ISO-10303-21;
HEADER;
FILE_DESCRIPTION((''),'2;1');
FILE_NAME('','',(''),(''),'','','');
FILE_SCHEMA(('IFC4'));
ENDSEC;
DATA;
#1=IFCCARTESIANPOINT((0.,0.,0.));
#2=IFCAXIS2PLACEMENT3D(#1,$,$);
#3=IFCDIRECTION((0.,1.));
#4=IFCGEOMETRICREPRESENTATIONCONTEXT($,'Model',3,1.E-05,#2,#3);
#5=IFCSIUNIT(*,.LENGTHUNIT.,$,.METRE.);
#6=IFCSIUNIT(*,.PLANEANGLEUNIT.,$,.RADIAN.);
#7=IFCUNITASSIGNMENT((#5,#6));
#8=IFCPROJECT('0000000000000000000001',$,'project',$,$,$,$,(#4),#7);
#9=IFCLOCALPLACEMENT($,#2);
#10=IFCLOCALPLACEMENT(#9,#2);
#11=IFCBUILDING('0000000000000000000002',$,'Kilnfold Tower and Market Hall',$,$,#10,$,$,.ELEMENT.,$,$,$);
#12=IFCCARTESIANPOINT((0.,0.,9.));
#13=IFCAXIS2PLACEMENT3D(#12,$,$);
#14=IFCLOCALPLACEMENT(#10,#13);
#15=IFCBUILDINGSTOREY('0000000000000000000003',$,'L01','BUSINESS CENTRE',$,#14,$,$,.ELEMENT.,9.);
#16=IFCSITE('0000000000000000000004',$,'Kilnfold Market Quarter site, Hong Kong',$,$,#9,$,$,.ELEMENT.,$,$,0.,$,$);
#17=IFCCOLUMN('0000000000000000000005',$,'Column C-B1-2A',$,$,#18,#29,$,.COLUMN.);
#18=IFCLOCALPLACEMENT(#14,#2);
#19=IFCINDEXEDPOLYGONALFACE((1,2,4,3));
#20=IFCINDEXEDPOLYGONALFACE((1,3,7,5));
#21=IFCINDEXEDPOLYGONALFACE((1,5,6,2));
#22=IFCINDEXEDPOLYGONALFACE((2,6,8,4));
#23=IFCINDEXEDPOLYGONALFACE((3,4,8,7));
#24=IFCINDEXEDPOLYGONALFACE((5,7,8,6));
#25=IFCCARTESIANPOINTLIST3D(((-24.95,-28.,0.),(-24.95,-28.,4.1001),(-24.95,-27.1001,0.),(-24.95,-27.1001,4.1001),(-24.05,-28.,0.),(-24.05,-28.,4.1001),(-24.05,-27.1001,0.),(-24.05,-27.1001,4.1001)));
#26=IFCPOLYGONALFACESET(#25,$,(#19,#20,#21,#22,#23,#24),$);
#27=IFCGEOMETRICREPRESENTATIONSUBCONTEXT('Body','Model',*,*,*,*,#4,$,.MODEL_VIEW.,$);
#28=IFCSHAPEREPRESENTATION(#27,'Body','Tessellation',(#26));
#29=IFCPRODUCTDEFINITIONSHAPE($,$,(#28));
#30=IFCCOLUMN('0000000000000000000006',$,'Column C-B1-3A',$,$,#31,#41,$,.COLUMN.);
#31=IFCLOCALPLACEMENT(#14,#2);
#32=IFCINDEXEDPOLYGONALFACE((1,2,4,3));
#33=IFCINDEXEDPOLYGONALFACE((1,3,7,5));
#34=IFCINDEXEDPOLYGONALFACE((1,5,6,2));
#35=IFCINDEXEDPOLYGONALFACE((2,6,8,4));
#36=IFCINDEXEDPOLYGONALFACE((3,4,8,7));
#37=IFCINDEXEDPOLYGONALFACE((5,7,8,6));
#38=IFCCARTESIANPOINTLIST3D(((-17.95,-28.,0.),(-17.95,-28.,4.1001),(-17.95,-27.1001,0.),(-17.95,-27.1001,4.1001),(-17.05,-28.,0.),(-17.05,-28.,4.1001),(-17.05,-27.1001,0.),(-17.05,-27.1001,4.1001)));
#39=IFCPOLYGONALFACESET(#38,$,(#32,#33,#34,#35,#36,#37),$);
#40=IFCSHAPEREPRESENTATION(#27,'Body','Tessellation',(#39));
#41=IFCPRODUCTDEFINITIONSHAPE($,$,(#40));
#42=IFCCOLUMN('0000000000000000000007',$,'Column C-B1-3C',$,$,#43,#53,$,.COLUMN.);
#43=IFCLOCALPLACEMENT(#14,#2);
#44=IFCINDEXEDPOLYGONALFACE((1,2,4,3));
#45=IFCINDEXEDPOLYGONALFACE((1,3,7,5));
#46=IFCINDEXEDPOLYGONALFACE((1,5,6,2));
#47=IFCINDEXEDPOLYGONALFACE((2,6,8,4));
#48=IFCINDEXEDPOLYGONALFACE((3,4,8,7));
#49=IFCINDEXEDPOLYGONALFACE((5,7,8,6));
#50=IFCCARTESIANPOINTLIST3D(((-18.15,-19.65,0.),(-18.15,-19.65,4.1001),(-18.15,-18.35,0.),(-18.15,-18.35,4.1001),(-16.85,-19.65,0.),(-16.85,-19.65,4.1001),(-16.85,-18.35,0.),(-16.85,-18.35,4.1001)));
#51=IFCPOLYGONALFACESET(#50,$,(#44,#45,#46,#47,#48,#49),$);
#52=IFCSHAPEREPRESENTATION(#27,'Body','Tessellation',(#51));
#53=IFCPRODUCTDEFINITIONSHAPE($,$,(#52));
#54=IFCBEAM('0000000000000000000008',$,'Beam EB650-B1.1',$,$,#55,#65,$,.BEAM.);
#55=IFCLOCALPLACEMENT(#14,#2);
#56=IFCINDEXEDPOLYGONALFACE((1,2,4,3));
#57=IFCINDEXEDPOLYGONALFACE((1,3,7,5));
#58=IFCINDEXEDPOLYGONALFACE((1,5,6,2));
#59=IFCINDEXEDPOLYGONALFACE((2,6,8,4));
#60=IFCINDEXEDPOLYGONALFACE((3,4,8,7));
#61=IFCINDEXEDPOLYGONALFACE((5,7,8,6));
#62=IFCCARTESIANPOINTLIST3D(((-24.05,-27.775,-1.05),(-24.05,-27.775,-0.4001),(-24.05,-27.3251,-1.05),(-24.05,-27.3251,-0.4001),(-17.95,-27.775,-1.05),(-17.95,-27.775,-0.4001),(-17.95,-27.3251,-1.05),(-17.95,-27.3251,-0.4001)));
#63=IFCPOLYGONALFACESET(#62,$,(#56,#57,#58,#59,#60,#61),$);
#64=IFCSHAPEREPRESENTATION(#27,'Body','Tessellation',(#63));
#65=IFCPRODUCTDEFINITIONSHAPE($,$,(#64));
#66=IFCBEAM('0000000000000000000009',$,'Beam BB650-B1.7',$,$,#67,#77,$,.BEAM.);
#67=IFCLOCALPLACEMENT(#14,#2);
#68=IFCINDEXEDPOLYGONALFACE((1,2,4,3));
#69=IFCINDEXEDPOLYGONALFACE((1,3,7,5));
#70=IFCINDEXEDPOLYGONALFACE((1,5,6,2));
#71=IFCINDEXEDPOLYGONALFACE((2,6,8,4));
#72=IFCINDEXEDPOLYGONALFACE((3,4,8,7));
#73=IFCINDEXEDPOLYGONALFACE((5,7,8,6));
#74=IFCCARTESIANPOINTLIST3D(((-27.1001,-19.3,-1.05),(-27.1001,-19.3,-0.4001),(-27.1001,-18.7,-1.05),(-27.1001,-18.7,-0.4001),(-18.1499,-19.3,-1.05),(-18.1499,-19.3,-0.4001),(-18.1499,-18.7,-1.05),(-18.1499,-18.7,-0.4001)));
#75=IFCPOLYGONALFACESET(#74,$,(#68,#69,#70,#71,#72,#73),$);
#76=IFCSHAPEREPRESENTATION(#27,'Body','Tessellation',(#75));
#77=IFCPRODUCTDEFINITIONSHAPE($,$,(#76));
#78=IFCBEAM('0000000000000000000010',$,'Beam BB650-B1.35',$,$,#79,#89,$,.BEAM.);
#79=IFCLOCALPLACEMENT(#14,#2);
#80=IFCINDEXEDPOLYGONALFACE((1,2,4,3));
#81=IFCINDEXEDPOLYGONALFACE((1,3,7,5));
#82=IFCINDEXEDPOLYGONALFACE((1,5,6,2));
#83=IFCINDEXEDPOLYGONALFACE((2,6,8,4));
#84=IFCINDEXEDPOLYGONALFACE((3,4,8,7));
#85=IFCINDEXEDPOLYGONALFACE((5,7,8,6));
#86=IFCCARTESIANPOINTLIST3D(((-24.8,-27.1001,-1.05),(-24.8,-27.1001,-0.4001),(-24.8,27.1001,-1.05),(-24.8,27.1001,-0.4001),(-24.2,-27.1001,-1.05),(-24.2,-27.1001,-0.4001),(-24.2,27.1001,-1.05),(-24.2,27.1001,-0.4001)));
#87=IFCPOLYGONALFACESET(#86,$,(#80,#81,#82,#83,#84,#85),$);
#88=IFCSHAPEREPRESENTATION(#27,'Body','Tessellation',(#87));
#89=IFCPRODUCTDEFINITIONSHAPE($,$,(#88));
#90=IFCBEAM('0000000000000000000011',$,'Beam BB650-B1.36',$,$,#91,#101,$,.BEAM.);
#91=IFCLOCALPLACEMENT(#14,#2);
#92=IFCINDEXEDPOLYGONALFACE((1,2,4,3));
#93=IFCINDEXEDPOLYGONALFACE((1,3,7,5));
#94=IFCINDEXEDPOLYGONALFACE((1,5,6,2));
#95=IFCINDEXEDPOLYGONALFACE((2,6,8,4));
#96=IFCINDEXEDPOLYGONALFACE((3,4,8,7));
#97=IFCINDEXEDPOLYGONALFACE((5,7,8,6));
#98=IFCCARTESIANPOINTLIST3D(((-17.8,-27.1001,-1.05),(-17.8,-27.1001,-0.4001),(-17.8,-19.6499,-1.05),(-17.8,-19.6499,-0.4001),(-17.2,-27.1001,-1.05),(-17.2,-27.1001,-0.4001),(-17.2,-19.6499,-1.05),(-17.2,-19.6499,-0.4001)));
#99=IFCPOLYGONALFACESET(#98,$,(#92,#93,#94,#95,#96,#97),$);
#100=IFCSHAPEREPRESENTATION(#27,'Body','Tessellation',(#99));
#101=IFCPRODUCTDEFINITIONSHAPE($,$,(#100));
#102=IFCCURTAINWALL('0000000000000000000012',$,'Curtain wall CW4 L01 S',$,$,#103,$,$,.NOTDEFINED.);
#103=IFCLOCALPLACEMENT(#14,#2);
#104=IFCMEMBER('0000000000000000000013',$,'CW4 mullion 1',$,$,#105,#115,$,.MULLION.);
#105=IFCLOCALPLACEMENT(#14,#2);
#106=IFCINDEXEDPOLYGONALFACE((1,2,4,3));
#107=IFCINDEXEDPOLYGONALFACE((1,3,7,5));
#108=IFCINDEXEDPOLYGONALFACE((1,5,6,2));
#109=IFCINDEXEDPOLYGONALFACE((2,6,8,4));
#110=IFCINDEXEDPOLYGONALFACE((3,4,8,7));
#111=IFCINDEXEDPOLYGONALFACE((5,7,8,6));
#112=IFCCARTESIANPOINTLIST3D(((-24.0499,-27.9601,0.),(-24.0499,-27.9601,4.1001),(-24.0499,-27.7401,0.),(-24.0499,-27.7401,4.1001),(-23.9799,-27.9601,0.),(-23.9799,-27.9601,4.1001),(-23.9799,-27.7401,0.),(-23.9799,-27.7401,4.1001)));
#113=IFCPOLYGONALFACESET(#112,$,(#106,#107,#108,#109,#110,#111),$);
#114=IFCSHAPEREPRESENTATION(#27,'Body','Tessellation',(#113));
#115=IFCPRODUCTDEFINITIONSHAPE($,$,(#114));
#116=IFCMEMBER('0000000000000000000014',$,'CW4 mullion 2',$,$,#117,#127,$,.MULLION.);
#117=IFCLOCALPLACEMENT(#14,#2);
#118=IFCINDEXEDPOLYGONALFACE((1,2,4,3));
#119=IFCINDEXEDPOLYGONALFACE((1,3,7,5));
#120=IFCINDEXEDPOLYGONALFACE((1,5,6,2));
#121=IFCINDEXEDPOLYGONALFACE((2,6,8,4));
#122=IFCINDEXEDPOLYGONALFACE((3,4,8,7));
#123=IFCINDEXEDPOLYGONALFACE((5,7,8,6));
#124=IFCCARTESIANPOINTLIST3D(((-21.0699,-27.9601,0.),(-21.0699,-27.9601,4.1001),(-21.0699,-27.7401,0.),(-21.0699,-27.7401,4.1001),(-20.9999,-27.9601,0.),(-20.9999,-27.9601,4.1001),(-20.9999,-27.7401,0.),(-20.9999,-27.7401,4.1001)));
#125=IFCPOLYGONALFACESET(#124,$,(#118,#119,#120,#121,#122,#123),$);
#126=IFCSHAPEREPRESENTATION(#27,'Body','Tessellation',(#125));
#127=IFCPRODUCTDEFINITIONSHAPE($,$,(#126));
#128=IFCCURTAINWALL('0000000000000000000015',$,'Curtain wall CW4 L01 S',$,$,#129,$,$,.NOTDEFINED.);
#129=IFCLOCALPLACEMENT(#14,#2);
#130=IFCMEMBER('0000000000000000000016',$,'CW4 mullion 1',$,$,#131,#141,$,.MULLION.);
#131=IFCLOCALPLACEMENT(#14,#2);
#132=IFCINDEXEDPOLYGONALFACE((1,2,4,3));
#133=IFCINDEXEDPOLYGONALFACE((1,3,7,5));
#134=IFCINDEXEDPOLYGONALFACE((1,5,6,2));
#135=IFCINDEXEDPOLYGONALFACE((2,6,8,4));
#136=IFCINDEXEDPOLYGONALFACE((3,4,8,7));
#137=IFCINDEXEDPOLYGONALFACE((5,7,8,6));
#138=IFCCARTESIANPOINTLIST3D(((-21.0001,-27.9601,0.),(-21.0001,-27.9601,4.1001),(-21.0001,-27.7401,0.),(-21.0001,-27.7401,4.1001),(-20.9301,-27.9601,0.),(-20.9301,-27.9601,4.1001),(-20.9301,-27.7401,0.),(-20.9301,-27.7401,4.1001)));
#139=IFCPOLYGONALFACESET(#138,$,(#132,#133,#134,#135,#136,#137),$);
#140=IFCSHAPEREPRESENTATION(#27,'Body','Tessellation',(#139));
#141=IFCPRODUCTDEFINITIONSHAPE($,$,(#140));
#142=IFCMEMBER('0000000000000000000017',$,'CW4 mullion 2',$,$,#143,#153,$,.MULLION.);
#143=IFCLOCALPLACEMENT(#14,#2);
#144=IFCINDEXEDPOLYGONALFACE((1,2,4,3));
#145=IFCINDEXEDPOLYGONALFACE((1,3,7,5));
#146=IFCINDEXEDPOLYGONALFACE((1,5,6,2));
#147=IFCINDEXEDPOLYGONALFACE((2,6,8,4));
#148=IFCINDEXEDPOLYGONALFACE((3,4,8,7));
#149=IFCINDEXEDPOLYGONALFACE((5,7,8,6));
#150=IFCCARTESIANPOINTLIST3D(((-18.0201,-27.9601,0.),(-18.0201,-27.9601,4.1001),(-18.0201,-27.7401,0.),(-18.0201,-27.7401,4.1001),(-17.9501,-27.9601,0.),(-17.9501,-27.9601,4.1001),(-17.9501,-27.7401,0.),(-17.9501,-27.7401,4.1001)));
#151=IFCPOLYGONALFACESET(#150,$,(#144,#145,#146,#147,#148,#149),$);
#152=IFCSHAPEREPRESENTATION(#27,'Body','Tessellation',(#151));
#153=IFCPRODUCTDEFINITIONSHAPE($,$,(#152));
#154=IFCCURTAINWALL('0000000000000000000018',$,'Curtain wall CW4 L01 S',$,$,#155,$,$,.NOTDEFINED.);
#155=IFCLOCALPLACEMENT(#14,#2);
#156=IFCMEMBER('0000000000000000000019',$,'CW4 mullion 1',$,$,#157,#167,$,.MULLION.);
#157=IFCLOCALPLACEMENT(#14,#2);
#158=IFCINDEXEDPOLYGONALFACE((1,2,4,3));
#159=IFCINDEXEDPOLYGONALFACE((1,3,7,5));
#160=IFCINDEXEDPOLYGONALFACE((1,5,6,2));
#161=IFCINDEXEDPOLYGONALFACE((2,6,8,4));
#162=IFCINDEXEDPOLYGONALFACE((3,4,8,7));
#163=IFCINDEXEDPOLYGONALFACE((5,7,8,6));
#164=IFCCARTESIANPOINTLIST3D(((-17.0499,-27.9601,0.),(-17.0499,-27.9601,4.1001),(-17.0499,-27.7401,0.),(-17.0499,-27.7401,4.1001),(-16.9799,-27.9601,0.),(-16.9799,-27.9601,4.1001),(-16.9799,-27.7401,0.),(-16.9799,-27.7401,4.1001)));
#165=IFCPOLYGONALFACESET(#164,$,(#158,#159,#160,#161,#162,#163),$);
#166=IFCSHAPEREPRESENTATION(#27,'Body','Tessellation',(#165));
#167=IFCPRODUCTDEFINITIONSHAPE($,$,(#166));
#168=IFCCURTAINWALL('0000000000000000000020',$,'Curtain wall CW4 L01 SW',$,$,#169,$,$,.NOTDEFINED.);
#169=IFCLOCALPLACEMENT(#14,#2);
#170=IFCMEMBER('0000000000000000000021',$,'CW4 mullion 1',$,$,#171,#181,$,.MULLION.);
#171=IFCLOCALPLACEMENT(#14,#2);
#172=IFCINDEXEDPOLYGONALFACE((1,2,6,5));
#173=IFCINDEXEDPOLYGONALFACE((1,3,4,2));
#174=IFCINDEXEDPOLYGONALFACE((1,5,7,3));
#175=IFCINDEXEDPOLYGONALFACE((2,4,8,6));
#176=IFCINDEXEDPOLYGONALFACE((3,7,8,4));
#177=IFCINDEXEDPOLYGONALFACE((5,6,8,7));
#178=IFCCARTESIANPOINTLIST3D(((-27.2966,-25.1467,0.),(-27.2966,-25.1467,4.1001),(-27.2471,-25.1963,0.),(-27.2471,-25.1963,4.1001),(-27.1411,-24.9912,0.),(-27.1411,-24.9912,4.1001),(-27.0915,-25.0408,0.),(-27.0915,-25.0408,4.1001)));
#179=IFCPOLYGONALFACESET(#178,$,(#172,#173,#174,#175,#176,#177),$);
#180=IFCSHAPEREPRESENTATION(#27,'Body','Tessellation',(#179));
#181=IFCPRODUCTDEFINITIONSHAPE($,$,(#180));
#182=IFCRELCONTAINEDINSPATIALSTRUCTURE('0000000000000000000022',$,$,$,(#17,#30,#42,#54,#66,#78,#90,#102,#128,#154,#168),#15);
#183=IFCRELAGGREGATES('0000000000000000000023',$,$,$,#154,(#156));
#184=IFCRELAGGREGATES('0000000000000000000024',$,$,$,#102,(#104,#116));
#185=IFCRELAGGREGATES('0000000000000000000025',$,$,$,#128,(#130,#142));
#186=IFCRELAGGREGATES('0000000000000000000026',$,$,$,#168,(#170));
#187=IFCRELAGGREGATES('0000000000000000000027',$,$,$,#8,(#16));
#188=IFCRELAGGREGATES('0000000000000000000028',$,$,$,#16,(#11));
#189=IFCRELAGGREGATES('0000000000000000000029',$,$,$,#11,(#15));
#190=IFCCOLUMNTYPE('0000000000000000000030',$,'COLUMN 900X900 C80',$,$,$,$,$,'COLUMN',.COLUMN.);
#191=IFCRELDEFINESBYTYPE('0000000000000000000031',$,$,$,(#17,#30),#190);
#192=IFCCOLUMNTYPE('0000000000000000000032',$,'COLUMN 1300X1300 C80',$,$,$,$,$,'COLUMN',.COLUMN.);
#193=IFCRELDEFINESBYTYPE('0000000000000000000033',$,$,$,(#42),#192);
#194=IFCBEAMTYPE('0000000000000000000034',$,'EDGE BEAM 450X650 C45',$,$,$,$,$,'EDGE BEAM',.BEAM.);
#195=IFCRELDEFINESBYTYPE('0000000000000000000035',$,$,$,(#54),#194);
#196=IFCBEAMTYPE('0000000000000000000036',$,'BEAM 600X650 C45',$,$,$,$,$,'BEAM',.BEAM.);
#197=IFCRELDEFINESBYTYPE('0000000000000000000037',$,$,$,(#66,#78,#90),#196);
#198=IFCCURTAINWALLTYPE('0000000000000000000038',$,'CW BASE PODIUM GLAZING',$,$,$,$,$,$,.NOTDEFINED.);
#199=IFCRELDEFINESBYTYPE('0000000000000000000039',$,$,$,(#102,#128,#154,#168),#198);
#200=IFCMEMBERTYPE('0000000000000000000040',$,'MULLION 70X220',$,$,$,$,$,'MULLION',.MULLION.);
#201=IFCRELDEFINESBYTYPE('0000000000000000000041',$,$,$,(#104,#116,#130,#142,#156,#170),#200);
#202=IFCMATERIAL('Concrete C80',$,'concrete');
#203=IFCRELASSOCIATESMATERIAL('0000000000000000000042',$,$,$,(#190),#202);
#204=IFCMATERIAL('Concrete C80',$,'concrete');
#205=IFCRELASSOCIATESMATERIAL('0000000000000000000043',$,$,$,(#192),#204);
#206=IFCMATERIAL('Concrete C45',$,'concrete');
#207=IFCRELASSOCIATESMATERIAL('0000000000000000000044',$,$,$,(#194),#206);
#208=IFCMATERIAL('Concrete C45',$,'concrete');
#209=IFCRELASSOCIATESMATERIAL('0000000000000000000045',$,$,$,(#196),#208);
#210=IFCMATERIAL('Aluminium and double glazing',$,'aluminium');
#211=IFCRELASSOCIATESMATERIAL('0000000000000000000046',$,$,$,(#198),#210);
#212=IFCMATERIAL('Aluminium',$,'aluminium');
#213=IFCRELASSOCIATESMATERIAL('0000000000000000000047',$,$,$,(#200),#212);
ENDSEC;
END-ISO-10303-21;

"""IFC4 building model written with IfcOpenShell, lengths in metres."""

from ifc_helpers import new_model, si_unit, direction, frame, origin, origin_2d, place, context, subcontext, project, spatial, rectangle, extrude, source, transform, mapped, material, material_profile, profile_set, type_object, element, aggregate, save


model = new_model("IFC4")

# Units and contexts
model_context = context("Model", 3, precision=1e-05, world=origin(), true_north=direction((0.0, 1.0)))
body_context = subcontext(model_context, "Body", "Model", "MODEL_VIEW")
ifc_project = project(units=[si_unit("LENGTHUNIT", "METRE"), si_unit("PLANEANGLEUNIT", "RADIAN")], contexts=[model_context])

# Site, building, storey
site_placement = place(None, origin())
site = spatial("IfcSite", under=ifc_project, at=site_placement, Name="Kilnfold Market Quarter site, Hong Kong", CompositionType="ELEMENT", RefElevation=0.0)
building_placement = place(site_placement, origin())
building = spatial("IfcBuilding", under=site, at=building_placement, Name="Kilnfold Tower and Market Hall", CompositionType="ELEMENT")
storey_placement = place(building_placement, frame((0.0, 0.0, 9.0)))
storey = spatial("IfcBuildingStorey", under=building, at=storey_placement, Name="L01", Description="BUSINESS CENTRE", CompositionType="ELEMENT", Elevation=9.0)

# Columns
ifc_material_1 = material(Name="Concrete C80", Category="concrete")
ifc_material_profile_1 = material_profile(ifc_material_1, rectangle(XDim=0.8999, YDim=0.8999, at=origin_2d()), Name="RC 900x900")
ifc_profile_set_1 = profile_set([ifc_material_profile_1], Name="Concrete C80")
column_type_1 = type_object("IfcColumnType", Name="COLUMN 900X900 C80", ElementType="COLUMN", PredefinedType="COLUMN", material=ifc_profile_set_1)
shared_shape_1 = source(origin(), body_context, "Body", "SweptSolid", [
    extrude(rectangle(XDim=0.8999, YDim=0.8999, at=origin_2d()), origin(), (0.0, 0.0, 1.0), 4.1001),
])
for number, where, z_axis, x_axis, name in (
    (1, (-24.5, -27.55, 0.0), (0.0, 0.0, 1.0), (1.0, 0.0, 0.0), "Column C-B1-2A"),
    (2, (-17.5, -27.55, 0.0), (0.0, 0.0, 1.0), (1.0, 0.0, 0.0), "Column C-B1-3A"),
):
    element("IfcColumn", number, at=place(storey_placement, frame(where, z_axis=z_axis, x_axis=x_axis)), inside=storey, type_object=column_type_1, Name=name, PredefinedType="COLUMN", context=body_context, shape_type="MappedRepresentation", body=[
        mapped(shared_shape_1, transform((0.0, 0.0, 0.0))),
    ])
ifc_material_2 = material(Name="Concrete C80", Category="concrete")
ifc_material_profile_2 = material_profile(ifc_material_2, rectangle(XDim=1.3, YDim=1.3, at=origin_2d()), Name="RC 1300x1300")
ifc_profile_set_2 = profile_set([ifc_material_profile_2], Name="Concrete C80")
column_type_2 = type_object("IfcColumnType", Name="COLUMN 1300X1300 C80", ElementType="COLUMN", PredefinedType="COLUMN", material=ifc_profile_set_2)
shared_shape_2 = source(origin(), body_context, "Body", "SweptSolid", [
    extrude(rectangle(XDim=1.3, YDim=1.3, at=origin_2d()), origin(), (0.0, 0.0, 1.0), 4.1001),
])
column_placement = place(storey_placement, frame((-17.5, -19.0, 0.0), z_axis=(0.0, 0.0, 1.0), x_axis=(1.0, 0.0, 0.0)))
element("IfcColumn", 3, at=column_placement, inside=storey, type_object=column_type_2, Name="Column C-B1-3C", PredefinedType="COLUMN", context=body_context, shape_type="MappedRepresentation", body=[
    mapped(shared_shape_2, transform((0.0, 0.0, 0.0))),
])

# Beams
ifc_material_3 = material(Name="Concrete C45", Category="concrete")
ifc_material_profile_3 = material_profile(ifc_material_3, rectangle(XDim=0.45, YDim=0.6499, at=origin_2d()), Name="RC 450x650")
ifc_profile_set_3 = profile_set([ifc_material_profile_3], Name="Concrete C45")
beam_type_1 = type_object("IfcBeamType", Name="EDGE BEAM 450X650 C45", ElementType="EDGE BEAM", PredefinedType="BEAM", material=ifc_profile_set_3)
shared_shape_3 = source(origin(), body_context, "Body", "SweptSolid", [
    extrude(rectangle(XDim=0.45, YDim=0.6499, at=origin_2d()), origin(), (0.0, 0.0, 1.0), 6.1001),
])
beam_1_placement = place(storey_placement, frame((-24.05, -27.55, -0.7251), z_axis=(1.0, 0.0, 0.0), x_axis=(0.0, 1.0, 0.0)))
element("IfcBeam", 4, at=beam_1_placement, inside=storey, type_object=beam_type_1, Name="Beam EB650-B1.1", PredefinedType="BEAM", context=body_context, shape_type="MappedRepresentation", body=[
    mapped(shared_shape_3, transform((0.0, 0.0, 0.0))),
])
ifc_material_4 = material(Name="Concrete C45", Category="concrete")
ifc_material_profile_4 = material_profile(ifc_material_4, rectangle(XDim=0.6001, YDim=0.6499, at=origin_2d()), Name="RC 600x650")
ifc_profile_set_4 = profile_set([ifc_material_profile_4], Name="Concrete C45")
beam_type_2 = type_object("IfcBeamType", Name="BEAM 600X650 C45", ElementType="BEAM", PredefinedType="BEAM", material=ifc_profile_set_4)
shared_shape_4 = source(origin(), body_context, "Body", "SweptSolid", [
    extrude(rectangle(XDim=0.6001, YDim=0.6499, at=origin_2d()), origin(), (0.0, 0.0, 1.0), 8.9502),
])
beam_2_placement = place(storey_placement, frame((-27.1001, -19.0, -0.7251), z_axis=(1.0, 0.0, 0.0), x_axis=(0.0, 1.0, 0.0)))
element("IfcBeam", 5, at=beam_2_placement, inside=storey, type_object=beam_type_2, Name="Beam BB650-B1.7", PredefinedType="BEAM", context=body_context, shape_type="MappedRepresentation", body=[
    mapped(shared_shape_4, transform((0.0, 0.0, 0.0))),
])
shared_shape_5 = source(origin(), body_context, "Body", "SweptSolid", [
    extrude(rectangle(XDim=0.6001, YDim=0.6499, at=origin_2d()), origin(), (0.0, 0.0, 1.0), 54.2002),
])
beam_3_placement = place(storey_placement, frame((-24.5, -27.1001, -0.7251), z_axis=(0.0, 1.0, 0.0), x_axis=(-1.0, 0.0, 0.0)))
element("IfcBeam", 6, at=beam_3_placement, inside=storey, type_object=beam_type_2, Name="Beam BB650-B1.35", PredefinedType="BEAM", context=body_context, shape_type="MappedRepresentation", body=[
    mapped(shared_shape_5, transform((0.0, 0.0, 0.0))),
])
shared_shape_6 = source(origin(), body_context, "Body", "SweptSolid", [
    extrude(rectangle(XDim=0.6001, YDim=0.6499, at=origin_2d()), origin(), (0.0, 0.0, 1.0), 7.4502),
])
beam_4_placement = place(storey_placement, frame((-17.5, -27.1001, -0.7251), z_axis=(0.0, 1.0, 0.0), x_axis=(-1.0, 0.0, 0.0)))
element("IfcBeam", 7, at=beam_4_placement, inside=storey, type_object=beam_type_2, Name="Beam BB650-B1.36", PredefinedType="BEAM", context=body_context, shape_type="MappedRepresentation", body=[
    mapped(shared_shape_6, transform((0.0, 0.0, 0.0))),
])

# Curtain walls, members
ifc_material_5 = material(Name="Aluminium and double glazing", Category="aluminium")
curtain_wall_type = type_object("IfcCurtainWallType", Name="CW BASE PODIUM GLAZING", PredefinedType="NOTDEFINED", material=ifc_material_5)
curtain_wall_1_placement = place(storey_placement, origin())
curtain_wall_1 = element("IfcCurtainWall", 8, at=curtain_wall_1_placement, inside=storey, type_object=curtain_wall_type, Name="Curtain wall CW4 L01 S", PredefinedType="NOTDEFINED")
ifc_material_6 = material(Name="Aluminium", Category="aluminium")
ifc_material_profile_5 = material_profile(ifc_material_6, rectangle(XDim=0.0701, YDim=0.22, at=origin_2d()), Name="MULLION 70x220")
ifc_profile_set_5 = profile_set([ifc_material_profile_5], Name="Aluminium")
member_type_1 = type_object("IfcMemberType", Name="MULLION 70X220", ElementType="MULLION", PredefinedType="MULLION", material=ifc_profile_set_5)
shared_shape_7 = source(origin(), body_context, "Body", "SweptSolid", [
    extrude(rectangle(XDim=0.0701, YDim=0.22, at=origin_2d()), origin(), (0.0, 0.0, 1.0), 4.1001),
])
member_1_placement = place(storey_placement, frame((-24.0149, -27.8501, 0.0), z_axis=(0.0, 0.0, 1.0), x_axis=(1.0, 0.0, 0.0)))
member_1 = element("IfcMember", 9, at=member_1_placement, type_object=member_type_1, Name="CW4 mullion 1", PredefinedType="MULLION", context=body_context, shape_type="MappedRepresentation", body=[
    mapped(shared_shape_7, transform((0.0, 0.0, 0.0))),
])
member_2_placement = place(storey_placement, frame((-21.0349, -27.8501, 0.0), z_axis=(0.0, 0.0, 1.0), x_axis=(1.0, 0.0, 0.0)))
member_2 = element("IfcMember", 10, at=member_2_placement, type_object=member_type_1, Name="CW4 mullion 2", PredefinedType="MULLION", context=body_context, shape_type="MappedRepresentation", body=[
    mapped(shared_shape_7, transform((0.0, 0.0, 0.0))),
])
curtain_wall_2_placement = place(storey_placement, origin())
curtain_wall_2 = element("IfcCurtainWall", 11, at=curtain_wall_2_placement, inside=storey, type_object=curtain_wall_type, Name="Curtain wall CW4 L01 S", PredefinedType="NOTDEFINED")
member_3_placement = place(storey_placement, frame((-20.9651, -27.8501, 0.0), z_axis=(0.0, 0.0, 1.0), x_axis=(1.0, 0.0, 0.0)))
member_3 = element("IfcMember", 12, at=member_3_placement, type_object=member_type_1, Name="CW4 mullion 1", PredefinedType="MULLION", context=body_context, shape_type="MappedRepresentation", body=[
    mapped(shared_shape_7, transform((0.0, 0.0, 0.0))),
])
member_4_placement = place(storey_placement, frame((-17.9851, -27.8501, 0.0), z_axis=(0.0, 0.0, 1.0), x_axis=(1.0, 0.0, 0.0)))
member_4 = element("IfcMember", 13, at=member_4_placement, type_object=member_type_1, Name="CW4 mullion 2", PredefinedType="MULLION", context=body_context, shape_type="MappedRepresentation", body=[
    mapped(shared_shape_7, transform((0.0, 0.0, 0.0))),
])

# Curtain wall, member
curtain_wall_3_placement = place(storey_placement, origin())
curtain_wall_3 = element("IfcCurtainWall", 14, at=curtain_wall_3_placement, inside=storey, type_object=curtain_wall_type, Name="Curtain wall CW4 L01 S", PredefinedType="NOTDEFINED")
member_5_placement = place(storey_placement, frame((-17.0149, -27.8501, 0.0), z_axis=(0.0, 0.0, 1.0), x_axis=(1.0, 0.0, 0.0)))
member_5 = element("IfcMember", 15, at=member_5_placement, type_object=member_type_1, Name="CW4 mullion 1", PredefinedType="MULLION", context=body_context, shape_type="MappedRepresentation", body=[
    mapped(shared_shape_7, transform((0.0, 0.0, 0.0))),
])

# Curtain wall, member
curtain_wall_4_placement = place(storey_placement, origin())
curtain_wall_4 = element("IfcCurtainWall", 16, at=curtain_wall_4_placement, inside=storey, type_object=curtain_wall_type, Name="Curtain wall CW4 L01 SW", PredefinedType="NOTDEFINED")
member_6_placement = place(storey_placement, frame((-27.1941, -25.0938, 0.0), z_axis=(0.0, 0.0, 1.0), x_axis=(0.70709, -0.707123, 0.0)))
member_6 = element("IfcMember", 17, at=member_6_placement, type_object=member_type_1, Name="CW4 mullion 1", PredefinedType="MULLION", context=body_context, shape_type="MappedRepresentation", body=[
    mapped(shared_shape_7, transform((0.0, 0.0, 0.0))),
])

aggregate(curtain_wall_3, [member_5])

aggregate(curtain_wall_1, [member_1, member_2])
aggregate(curtain_wall_2, [member_3, member_4])
aggregate(curtain_wall_4, [member_6])

save(model, "model.ifc")
